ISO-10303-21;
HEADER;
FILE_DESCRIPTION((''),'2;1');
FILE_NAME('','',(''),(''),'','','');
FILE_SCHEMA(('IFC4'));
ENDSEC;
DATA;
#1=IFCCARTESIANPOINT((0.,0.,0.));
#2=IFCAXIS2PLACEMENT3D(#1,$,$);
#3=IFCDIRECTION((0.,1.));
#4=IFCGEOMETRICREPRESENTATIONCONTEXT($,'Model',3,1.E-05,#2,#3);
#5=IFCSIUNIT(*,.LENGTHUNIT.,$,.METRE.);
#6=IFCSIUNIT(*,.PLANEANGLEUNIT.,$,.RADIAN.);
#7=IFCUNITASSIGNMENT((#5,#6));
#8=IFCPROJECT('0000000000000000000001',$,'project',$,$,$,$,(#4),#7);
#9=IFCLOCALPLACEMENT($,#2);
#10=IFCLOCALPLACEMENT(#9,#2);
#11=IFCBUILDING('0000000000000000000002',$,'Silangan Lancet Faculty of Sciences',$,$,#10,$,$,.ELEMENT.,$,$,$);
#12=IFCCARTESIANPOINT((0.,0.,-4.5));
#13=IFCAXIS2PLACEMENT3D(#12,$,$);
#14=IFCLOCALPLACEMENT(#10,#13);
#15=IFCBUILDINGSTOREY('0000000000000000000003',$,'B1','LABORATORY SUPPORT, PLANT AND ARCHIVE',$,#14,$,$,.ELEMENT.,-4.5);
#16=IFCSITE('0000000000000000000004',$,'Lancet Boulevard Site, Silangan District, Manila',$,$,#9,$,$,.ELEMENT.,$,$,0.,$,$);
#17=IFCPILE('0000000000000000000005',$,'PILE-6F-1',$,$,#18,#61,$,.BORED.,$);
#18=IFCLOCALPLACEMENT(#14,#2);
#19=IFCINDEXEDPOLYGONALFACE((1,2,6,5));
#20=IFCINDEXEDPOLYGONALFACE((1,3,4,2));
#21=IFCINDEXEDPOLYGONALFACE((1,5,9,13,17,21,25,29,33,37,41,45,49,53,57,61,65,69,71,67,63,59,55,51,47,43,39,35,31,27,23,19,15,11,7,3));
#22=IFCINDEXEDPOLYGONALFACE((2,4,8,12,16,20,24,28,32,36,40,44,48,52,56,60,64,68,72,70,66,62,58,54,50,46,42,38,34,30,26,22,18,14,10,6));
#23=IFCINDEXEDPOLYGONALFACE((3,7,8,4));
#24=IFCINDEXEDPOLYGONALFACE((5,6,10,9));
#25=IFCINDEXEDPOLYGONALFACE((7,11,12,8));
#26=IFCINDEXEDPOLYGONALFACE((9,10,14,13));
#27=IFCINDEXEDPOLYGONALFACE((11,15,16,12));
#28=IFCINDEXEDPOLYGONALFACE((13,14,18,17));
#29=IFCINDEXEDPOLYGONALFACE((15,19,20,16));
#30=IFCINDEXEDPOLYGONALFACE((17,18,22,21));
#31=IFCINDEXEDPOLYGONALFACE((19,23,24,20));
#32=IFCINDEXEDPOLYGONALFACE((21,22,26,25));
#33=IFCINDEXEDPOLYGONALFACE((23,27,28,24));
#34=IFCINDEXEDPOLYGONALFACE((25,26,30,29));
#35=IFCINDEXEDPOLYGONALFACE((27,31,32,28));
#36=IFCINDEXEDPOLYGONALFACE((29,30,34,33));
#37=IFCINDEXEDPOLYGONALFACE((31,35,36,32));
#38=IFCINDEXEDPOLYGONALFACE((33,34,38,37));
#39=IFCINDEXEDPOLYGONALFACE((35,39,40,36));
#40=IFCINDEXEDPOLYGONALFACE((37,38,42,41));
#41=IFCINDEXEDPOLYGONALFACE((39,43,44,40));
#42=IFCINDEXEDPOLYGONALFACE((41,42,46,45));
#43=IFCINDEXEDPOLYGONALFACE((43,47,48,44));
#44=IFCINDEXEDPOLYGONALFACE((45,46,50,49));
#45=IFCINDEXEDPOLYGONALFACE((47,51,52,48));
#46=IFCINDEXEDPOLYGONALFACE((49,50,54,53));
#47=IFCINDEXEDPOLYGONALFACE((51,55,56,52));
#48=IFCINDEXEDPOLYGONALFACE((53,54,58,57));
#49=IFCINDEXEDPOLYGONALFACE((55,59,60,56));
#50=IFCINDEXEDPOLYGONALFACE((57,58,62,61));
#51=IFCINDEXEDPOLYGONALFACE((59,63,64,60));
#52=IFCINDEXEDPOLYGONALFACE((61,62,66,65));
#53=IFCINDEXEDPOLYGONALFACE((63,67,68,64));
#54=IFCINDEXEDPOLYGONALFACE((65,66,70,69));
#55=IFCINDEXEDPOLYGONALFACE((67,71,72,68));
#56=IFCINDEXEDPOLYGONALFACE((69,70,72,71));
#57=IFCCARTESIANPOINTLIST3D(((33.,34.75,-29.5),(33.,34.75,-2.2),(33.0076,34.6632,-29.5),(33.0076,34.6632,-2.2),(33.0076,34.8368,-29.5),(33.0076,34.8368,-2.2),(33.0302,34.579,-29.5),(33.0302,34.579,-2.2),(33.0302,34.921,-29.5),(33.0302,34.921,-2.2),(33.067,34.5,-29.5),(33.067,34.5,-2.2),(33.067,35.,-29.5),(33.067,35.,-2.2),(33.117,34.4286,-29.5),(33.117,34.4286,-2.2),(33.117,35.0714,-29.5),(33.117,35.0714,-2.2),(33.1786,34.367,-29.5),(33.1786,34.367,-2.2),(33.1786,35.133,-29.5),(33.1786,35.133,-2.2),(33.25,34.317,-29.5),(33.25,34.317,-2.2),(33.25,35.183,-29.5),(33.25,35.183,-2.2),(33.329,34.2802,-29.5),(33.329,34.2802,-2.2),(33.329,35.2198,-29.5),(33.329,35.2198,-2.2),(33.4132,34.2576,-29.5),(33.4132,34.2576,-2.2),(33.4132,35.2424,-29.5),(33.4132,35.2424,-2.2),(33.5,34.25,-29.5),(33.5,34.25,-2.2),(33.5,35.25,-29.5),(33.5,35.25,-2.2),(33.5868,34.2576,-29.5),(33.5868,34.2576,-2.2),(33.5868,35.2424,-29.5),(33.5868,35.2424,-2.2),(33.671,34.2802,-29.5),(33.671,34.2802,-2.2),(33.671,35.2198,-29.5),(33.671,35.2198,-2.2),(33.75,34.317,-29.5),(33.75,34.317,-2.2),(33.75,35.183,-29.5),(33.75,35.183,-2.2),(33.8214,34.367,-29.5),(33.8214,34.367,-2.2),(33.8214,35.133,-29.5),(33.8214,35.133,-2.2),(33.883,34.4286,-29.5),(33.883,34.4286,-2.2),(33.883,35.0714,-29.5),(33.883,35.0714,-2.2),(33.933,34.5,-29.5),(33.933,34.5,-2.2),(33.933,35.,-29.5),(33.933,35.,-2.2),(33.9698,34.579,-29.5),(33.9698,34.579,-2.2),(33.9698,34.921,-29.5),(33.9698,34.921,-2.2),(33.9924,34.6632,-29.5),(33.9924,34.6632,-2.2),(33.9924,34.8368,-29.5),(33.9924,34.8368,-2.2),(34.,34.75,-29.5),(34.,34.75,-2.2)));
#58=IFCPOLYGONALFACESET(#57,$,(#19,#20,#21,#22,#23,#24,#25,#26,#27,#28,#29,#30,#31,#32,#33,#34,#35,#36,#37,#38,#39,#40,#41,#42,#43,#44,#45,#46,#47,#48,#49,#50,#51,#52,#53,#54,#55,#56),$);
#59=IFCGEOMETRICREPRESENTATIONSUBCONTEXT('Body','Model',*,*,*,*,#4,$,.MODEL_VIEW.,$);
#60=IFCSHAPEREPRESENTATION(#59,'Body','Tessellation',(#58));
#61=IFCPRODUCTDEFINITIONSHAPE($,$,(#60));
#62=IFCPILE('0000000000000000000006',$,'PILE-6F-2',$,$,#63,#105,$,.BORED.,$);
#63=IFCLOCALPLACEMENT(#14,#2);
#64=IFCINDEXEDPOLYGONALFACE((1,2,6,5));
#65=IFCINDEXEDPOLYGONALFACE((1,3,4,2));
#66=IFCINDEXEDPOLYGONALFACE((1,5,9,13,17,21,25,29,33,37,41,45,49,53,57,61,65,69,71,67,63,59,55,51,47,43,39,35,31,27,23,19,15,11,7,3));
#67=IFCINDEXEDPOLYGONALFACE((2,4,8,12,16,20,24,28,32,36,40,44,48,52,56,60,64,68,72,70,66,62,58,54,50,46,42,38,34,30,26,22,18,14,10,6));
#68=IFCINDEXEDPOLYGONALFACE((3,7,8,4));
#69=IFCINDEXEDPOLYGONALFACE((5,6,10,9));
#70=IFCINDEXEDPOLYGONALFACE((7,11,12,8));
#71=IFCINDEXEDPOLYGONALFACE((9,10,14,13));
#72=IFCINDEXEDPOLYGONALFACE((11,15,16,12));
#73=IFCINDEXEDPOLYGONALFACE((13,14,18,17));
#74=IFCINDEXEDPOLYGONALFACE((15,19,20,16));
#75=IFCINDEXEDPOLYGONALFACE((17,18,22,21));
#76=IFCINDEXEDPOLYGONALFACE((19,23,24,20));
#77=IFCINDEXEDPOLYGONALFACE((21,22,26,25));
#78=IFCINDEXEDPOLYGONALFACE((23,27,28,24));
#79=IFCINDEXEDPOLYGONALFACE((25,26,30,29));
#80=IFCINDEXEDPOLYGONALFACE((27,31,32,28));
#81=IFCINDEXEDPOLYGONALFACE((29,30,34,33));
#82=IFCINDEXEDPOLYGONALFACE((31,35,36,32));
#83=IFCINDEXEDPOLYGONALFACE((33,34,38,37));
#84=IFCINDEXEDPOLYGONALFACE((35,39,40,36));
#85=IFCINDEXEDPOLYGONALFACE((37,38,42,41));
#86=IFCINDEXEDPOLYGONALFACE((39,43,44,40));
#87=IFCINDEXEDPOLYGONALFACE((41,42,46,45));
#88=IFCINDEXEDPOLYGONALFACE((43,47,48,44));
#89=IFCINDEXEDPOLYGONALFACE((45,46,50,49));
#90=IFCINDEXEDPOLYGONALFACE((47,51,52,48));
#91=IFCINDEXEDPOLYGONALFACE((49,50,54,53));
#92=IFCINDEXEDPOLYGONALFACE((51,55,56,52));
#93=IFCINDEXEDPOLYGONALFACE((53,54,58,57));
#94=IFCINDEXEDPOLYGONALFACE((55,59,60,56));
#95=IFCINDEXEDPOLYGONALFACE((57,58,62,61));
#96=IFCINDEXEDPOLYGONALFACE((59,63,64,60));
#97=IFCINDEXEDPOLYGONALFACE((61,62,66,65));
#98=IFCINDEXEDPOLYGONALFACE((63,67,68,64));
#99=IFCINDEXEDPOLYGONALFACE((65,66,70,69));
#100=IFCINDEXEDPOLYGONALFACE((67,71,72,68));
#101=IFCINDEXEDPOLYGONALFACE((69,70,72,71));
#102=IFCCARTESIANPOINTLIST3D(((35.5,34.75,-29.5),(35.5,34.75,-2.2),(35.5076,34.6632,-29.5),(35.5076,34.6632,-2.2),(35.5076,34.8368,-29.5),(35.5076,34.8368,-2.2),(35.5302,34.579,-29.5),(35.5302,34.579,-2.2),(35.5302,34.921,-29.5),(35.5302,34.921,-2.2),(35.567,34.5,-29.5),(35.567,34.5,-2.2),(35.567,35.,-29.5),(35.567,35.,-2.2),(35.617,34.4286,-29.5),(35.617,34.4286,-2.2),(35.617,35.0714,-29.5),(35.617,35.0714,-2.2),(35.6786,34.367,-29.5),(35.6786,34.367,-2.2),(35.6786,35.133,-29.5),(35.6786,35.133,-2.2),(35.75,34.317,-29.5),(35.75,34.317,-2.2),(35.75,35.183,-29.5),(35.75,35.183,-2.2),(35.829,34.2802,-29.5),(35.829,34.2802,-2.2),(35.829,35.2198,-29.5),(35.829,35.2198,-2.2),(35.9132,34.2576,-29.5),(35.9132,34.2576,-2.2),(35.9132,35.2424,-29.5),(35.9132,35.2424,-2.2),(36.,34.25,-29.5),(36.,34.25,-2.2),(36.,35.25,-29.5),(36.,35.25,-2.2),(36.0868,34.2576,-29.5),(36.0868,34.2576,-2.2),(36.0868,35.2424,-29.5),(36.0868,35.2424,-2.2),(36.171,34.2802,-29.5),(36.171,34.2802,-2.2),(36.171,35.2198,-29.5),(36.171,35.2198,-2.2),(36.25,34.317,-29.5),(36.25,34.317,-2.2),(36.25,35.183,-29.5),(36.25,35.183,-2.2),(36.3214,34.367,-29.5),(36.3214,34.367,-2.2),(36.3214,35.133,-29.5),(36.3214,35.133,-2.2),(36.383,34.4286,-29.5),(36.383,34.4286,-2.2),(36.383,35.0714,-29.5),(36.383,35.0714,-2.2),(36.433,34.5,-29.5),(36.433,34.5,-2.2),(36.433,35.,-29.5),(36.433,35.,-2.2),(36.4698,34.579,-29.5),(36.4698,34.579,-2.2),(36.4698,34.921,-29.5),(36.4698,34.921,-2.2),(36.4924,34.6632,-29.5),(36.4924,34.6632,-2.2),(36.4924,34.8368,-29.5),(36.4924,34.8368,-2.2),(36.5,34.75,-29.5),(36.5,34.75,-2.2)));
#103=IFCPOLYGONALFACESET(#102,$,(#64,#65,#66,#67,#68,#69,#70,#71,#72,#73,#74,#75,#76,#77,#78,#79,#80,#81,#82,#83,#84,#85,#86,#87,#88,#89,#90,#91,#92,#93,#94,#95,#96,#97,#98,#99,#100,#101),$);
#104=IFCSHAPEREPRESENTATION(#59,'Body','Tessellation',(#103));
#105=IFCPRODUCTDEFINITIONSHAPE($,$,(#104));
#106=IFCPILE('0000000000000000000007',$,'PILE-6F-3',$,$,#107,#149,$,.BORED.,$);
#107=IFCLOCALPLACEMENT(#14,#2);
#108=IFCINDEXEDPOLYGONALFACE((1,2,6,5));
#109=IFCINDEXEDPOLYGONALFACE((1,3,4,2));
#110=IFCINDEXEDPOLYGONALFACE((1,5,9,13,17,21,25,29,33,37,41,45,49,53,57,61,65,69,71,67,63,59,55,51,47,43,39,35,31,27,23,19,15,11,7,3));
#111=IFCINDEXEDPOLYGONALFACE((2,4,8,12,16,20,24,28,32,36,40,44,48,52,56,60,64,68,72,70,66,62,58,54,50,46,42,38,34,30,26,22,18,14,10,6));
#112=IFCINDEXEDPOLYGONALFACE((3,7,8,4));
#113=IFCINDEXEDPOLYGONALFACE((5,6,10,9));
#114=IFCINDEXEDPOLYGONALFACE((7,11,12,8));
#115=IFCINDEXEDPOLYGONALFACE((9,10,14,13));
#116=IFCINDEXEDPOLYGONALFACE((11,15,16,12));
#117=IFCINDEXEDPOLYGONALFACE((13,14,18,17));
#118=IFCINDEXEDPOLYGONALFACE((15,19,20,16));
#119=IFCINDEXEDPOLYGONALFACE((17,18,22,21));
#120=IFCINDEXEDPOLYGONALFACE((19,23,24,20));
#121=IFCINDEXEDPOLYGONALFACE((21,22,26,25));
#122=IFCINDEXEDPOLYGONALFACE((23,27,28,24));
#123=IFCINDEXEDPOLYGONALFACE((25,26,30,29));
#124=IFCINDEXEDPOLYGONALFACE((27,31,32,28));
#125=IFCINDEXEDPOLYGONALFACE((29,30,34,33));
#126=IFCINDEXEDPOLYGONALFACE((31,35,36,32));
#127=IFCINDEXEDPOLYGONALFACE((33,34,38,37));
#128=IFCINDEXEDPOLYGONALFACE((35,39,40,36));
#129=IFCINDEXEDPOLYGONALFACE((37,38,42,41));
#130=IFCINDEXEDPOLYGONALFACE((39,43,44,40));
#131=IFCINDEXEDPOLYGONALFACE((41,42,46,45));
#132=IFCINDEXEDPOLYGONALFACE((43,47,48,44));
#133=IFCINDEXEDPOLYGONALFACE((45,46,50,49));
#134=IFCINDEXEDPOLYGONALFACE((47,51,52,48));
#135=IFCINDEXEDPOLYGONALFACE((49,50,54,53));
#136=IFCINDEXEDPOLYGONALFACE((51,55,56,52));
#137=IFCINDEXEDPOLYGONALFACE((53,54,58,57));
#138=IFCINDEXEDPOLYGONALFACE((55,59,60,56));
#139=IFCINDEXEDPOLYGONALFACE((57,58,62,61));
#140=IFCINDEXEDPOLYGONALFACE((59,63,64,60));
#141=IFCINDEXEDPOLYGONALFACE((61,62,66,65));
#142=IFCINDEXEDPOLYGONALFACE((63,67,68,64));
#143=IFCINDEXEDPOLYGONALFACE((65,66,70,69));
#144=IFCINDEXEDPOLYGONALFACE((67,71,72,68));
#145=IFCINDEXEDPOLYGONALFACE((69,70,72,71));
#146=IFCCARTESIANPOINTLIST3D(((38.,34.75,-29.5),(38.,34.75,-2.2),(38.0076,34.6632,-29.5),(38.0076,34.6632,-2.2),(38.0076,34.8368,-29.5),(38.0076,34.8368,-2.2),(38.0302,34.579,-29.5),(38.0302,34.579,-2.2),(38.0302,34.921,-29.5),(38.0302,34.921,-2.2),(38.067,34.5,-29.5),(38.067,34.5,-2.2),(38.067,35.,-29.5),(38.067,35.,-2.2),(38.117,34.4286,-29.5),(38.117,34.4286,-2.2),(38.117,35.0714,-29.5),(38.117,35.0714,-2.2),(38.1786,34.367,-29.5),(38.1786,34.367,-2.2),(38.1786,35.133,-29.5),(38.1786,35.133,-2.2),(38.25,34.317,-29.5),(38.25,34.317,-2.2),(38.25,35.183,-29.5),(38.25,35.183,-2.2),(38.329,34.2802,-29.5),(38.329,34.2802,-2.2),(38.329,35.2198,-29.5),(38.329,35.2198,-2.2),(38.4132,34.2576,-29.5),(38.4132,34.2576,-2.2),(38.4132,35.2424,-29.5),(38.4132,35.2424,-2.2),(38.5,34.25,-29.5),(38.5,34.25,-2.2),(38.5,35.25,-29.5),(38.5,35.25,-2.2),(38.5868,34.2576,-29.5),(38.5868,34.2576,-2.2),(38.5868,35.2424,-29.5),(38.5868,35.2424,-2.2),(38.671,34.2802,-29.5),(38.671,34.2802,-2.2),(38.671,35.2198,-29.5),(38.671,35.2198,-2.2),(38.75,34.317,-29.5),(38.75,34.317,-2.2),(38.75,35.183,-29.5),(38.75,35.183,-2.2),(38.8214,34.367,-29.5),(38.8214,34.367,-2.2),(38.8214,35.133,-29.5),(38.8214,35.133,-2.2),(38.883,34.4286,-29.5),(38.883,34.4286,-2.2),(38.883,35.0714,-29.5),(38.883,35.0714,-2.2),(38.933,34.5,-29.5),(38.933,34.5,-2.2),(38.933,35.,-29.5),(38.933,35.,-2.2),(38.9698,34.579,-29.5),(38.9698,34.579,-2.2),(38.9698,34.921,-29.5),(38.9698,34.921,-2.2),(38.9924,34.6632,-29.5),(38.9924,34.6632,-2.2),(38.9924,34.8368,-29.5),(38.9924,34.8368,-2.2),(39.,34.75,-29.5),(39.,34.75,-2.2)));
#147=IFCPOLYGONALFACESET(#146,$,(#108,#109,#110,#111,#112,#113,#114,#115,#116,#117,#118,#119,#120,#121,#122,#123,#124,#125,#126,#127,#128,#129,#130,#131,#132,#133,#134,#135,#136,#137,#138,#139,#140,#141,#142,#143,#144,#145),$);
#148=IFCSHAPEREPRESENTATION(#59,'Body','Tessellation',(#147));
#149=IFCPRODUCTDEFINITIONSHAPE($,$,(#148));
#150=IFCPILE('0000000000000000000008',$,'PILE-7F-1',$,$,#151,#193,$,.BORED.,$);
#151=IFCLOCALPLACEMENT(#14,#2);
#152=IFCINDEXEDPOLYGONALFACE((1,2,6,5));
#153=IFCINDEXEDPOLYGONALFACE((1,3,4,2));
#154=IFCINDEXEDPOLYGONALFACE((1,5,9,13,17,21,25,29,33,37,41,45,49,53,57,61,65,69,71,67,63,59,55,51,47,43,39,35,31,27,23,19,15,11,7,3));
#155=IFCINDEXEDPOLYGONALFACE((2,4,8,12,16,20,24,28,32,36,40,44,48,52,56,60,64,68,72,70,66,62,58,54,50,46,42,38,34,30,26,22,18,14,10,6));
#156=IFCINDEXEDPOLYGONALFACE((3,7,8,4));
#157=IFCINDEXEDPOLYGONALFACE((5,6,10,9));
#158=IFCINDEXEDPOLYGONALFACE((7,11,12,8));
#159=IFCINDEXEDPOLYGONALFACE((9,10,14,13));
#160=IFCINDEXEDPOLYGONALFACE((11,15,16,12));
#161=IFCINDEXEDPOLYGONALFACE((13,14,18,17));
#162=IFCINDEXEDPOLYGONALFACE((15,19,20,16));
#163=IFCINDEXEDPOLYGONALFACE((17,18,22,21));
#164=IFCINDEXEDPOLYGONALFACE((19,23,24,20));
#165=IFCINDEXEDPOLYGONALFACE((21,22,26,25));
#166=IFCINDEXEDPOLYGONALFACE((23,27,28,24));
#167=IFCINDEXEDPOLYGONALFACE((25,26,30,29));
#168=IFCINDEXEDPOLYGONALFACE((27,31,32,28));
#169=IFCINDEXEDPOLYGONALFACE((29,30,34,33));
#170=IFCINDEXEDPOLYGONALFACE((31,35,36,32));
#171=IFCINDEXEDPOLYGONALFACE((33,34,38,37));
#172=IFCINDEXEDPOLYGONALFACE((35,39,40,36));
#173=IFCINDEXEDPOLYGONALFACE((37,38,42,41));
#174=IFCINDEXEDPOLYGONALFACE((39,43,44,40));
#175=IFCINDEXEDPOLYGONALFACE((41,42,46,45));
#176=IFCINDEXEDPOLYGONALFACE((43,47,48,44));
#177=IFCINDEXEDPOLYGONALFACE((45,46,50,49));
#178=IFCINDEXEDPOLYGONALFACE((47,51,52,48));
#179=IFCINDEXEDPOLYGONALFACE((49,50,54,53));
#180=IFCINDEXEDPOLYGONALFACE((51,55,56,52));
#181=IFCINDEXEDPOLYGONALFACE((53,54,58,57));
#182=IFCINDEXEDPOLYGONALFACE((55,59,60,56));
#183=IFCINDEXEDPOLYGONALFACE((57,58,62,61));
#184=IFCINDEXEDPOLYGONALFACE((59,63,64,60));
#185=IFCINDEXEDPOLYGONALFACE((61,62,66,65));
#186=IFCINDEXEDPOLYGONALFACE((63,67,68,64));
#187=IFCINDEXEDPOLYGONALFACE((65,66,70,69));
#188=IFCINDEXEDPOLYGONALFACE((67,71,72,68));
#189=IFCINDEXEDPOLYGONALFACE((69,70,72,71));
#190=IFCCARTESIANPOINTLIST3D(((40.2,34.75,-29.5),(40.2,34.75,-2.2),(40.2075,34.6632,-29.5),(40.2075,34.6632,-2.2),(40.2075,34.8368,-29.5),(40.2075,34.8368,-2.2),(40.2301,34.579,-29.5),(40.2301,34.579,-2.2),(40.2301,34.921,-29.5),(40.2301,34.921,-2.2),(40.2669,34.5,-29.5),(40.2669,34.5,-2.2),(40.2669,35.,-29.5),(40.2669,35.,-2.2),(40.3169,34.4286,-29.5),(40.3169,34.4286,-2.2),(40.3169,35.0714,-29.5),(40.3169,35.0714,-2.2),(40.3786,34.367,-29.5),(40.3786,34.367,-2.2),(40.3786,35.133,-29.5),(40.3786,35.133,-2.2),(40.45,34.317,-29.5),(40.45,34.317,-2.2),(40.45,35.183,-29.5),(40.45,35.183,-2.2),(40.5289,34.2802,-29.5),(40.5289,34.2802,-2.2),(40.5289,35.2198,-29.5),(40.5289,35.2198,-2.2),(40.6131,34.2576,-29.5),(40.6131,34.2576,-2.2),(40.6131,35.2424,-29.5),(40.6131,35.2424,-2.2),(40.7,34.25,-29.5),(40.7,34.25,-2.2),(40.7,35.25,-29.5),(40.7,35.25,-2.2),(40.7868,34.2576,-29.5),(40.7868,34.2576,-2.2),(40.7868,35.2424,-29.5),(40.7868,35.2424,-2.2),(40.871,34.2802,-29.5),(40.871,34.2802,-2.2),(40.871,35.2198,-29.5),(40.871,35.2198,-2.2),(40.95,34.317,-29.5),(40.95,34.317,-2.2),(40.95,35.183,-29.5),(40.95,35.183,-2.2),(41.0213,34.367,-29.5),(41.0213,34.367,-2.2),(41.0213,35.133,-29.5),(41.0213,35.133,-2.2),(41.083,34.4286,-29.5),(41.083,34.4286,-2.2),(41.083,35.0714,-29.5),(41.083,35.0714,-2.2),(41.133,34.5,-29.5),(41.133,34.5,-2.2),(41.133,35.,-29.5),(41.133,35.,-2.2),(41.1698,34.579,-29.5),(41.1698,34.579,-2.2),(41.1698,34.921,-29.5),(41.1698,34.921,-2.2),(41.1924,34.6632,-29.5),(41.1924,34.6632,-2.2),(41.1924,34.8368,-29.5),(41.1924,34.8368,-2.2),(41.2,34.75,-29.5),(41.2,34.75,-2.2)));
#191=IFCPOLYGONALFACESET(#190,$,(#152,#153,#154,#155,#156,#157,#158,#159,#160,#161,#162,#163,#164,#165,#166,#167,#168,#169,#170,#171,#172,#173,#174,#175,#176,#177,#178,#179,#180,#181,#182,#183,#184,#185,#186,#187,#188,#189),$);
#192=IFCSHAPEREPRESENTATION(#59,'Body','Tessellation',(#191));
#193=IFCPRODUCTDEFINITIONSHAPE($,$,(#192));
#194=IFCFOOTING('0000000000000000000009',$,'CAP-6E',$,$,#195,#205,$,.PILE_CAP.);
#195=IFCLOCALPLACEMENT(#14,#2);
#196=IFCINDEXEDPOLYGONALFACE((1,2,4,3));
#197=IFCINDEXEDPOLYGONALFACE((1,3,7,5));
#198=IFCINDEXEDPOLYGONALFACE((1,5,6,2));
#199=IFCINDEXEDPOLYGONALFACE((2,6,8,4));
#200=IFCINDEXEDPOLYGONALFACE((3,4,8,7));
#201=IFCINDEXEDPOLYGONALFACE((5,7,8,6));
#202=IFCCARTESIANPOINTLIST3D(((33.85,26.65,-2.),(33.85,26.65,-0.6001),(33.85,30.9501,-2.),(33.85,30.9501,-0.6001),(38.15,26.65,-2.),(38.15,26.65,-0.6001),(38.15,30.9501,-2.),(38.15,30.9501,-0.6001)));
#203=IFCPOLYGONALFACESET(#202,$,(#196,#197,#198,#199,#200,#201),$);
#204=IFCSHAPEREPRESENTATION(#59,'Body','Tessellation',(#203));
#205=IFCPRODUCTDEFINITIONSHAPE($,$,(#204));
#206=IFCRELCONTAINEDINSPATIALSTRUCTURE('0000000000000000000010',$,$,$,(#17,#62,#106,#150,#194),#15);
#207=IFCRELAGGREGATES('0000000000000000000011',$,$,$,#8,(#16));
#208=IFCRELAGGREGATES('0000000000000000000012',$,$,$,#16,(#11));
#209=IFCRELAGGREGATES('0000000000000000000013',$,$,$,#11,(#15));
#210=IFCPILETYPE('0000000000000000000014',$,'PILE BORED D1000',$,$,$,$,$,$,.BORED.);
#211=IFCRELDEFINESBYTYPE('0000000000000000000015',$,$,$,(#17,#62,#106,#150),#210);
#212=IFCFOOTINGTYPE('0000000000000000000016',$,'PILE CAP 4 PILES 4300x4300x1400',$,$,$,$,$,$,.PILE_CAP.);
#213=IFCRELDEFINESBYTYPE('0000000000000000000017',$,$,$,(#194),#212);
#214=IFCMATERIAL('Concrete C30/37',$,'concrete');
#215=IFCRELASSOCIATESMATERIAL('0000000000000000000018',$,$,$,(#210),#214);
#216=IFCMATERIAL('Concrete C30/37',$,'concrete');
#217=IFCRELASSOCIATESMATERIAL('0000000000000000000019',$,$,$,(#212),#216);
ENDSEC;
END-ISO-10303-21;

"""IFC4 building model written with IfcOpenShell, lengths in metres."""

from ifc_helpers import new_model, si_unit, direction, frame, origin, origin_2d, place, context, subcontext, project, spatial, rectangle, circle, extrude, material, material_profile, profile_set, type_object, element, save


model = new_model("IFC4")

# Units and contexts
model_context = context("Model", 3, precision=1e-05, world=origin(), true_north=direction((0.0, 1.0)))
body_context = subcontext(model_context, "Body", "Model", "MODEL_VIEW")
ifc_project = project(units=[si_unit("LENGTHUNIT", "METRE"), si_unit("PLANEANGLEUNIT", "RADIAN")], contexts=[model_context])

# Site, building, storey
site_placement = place(None, origin())
site = spatial("IfcSite", under=ifc_project, at=site_placement, Name="Lancet Boulevard Site, Silangan District, Manila", CompositionType="ELEMENT", RefElevation=0.0)
building_placement = place(site_placement, origin())
building = spatial("IfcBuilding", under=site, at=building_placement, Name="Silangan Lancet Faculty of Sciences", CompositionType="ELEMENT")
storey_placement = place(building_placement, frame((0.0, 0.0, -4.5)))
storey = spatial("IfcBuildingStorey", under=building, at=storey_placement, Name="B1", Description="LABORATORY SUPPORT, PLANT AND ARCHIVE", CompositionType="ELEMENT", Elevation=-4.5)

# Piles
ifc_material_1 = material(Name="Concrete C30/37", Category="concrete")
ifc_material_profile_1 = material_profile(ifc_material_1, circle(Radius=0.5, at=origin_2d()), Name="BORED PILE D1000")
ifc_profile_set_1 = profile_set([ifc_material_profile_1], Name="Concrete C30/37")
pile_type = type_object("IfcPileType", Name="PILE BORED D1000", PredefinedType="BORED", material=ifc_profile_set_1)
for number, where, z_axis, x_axis, name in (
    (1, (33.5, 34.75, -2.2), (0.0, 0.0, -1.0), (1.0, 0.0, 0.0), "PILE-6F-1"),
    (2, (36.0, 34.75, -2.2), (0.0, 0.0, -1.0), (1.0, 0.0, 0.0), "PILE-6F-2"),
    (3, (38.5, 34.75, -2.2), (0.0, 0.0, -1.0), (1.0, 0.0, 0.0), "PILE-6F-3"),
    (4, (40.7, 34.75, -2.2), (0.0, 0.0, -1.0), (1.0, 0.0, 0.0), "PILE-7F-1"),
):
    element("IfcPile", number, at=place(storey_placement, frame(where, z_axis=z_axis, x_axis=x_axis)), inside=storey, type_object=pile_type, Name=name, PredefinedType="BORED", context=body_context, shape_type="SweptSolid", body=[
        extrude(circle(Radius=0.5, at=origin_2d()), origin(), (0.0, 0.0, 1.0), 27.3),
    ])

# Footing
ifc_material_2 = material(Name="Concrete C30/37", Category="concrete")
footing_type_1 = type_object("IfcFootingType", Name="PILE CAP 4 PILES 4300x4300x1400", PredefinedType="PILE_CAP", material=ifc_material_2)
footing_1_placement = place(storey_placement, frame((36.0, 28.8, -2.0), z_axis=(0.0, 0.0, 1.0), x_axis=(1.0, 0.0, 0.0)))
element("IfcFooting", 5, at=footing_1_placement, inside=storey, type_object=footing_type_1, Name="CAP-6E", PredefinedType="PILE_CAP", context=body_context, shape_type="SweptSolid", body=[
    extrude(rectangle(XDim=4.3, YDim=4.3, at=origin_2d()), origin(), (0.0, 0.0, 1.0), 1.3999),
])

save(model, "model.ifc")
